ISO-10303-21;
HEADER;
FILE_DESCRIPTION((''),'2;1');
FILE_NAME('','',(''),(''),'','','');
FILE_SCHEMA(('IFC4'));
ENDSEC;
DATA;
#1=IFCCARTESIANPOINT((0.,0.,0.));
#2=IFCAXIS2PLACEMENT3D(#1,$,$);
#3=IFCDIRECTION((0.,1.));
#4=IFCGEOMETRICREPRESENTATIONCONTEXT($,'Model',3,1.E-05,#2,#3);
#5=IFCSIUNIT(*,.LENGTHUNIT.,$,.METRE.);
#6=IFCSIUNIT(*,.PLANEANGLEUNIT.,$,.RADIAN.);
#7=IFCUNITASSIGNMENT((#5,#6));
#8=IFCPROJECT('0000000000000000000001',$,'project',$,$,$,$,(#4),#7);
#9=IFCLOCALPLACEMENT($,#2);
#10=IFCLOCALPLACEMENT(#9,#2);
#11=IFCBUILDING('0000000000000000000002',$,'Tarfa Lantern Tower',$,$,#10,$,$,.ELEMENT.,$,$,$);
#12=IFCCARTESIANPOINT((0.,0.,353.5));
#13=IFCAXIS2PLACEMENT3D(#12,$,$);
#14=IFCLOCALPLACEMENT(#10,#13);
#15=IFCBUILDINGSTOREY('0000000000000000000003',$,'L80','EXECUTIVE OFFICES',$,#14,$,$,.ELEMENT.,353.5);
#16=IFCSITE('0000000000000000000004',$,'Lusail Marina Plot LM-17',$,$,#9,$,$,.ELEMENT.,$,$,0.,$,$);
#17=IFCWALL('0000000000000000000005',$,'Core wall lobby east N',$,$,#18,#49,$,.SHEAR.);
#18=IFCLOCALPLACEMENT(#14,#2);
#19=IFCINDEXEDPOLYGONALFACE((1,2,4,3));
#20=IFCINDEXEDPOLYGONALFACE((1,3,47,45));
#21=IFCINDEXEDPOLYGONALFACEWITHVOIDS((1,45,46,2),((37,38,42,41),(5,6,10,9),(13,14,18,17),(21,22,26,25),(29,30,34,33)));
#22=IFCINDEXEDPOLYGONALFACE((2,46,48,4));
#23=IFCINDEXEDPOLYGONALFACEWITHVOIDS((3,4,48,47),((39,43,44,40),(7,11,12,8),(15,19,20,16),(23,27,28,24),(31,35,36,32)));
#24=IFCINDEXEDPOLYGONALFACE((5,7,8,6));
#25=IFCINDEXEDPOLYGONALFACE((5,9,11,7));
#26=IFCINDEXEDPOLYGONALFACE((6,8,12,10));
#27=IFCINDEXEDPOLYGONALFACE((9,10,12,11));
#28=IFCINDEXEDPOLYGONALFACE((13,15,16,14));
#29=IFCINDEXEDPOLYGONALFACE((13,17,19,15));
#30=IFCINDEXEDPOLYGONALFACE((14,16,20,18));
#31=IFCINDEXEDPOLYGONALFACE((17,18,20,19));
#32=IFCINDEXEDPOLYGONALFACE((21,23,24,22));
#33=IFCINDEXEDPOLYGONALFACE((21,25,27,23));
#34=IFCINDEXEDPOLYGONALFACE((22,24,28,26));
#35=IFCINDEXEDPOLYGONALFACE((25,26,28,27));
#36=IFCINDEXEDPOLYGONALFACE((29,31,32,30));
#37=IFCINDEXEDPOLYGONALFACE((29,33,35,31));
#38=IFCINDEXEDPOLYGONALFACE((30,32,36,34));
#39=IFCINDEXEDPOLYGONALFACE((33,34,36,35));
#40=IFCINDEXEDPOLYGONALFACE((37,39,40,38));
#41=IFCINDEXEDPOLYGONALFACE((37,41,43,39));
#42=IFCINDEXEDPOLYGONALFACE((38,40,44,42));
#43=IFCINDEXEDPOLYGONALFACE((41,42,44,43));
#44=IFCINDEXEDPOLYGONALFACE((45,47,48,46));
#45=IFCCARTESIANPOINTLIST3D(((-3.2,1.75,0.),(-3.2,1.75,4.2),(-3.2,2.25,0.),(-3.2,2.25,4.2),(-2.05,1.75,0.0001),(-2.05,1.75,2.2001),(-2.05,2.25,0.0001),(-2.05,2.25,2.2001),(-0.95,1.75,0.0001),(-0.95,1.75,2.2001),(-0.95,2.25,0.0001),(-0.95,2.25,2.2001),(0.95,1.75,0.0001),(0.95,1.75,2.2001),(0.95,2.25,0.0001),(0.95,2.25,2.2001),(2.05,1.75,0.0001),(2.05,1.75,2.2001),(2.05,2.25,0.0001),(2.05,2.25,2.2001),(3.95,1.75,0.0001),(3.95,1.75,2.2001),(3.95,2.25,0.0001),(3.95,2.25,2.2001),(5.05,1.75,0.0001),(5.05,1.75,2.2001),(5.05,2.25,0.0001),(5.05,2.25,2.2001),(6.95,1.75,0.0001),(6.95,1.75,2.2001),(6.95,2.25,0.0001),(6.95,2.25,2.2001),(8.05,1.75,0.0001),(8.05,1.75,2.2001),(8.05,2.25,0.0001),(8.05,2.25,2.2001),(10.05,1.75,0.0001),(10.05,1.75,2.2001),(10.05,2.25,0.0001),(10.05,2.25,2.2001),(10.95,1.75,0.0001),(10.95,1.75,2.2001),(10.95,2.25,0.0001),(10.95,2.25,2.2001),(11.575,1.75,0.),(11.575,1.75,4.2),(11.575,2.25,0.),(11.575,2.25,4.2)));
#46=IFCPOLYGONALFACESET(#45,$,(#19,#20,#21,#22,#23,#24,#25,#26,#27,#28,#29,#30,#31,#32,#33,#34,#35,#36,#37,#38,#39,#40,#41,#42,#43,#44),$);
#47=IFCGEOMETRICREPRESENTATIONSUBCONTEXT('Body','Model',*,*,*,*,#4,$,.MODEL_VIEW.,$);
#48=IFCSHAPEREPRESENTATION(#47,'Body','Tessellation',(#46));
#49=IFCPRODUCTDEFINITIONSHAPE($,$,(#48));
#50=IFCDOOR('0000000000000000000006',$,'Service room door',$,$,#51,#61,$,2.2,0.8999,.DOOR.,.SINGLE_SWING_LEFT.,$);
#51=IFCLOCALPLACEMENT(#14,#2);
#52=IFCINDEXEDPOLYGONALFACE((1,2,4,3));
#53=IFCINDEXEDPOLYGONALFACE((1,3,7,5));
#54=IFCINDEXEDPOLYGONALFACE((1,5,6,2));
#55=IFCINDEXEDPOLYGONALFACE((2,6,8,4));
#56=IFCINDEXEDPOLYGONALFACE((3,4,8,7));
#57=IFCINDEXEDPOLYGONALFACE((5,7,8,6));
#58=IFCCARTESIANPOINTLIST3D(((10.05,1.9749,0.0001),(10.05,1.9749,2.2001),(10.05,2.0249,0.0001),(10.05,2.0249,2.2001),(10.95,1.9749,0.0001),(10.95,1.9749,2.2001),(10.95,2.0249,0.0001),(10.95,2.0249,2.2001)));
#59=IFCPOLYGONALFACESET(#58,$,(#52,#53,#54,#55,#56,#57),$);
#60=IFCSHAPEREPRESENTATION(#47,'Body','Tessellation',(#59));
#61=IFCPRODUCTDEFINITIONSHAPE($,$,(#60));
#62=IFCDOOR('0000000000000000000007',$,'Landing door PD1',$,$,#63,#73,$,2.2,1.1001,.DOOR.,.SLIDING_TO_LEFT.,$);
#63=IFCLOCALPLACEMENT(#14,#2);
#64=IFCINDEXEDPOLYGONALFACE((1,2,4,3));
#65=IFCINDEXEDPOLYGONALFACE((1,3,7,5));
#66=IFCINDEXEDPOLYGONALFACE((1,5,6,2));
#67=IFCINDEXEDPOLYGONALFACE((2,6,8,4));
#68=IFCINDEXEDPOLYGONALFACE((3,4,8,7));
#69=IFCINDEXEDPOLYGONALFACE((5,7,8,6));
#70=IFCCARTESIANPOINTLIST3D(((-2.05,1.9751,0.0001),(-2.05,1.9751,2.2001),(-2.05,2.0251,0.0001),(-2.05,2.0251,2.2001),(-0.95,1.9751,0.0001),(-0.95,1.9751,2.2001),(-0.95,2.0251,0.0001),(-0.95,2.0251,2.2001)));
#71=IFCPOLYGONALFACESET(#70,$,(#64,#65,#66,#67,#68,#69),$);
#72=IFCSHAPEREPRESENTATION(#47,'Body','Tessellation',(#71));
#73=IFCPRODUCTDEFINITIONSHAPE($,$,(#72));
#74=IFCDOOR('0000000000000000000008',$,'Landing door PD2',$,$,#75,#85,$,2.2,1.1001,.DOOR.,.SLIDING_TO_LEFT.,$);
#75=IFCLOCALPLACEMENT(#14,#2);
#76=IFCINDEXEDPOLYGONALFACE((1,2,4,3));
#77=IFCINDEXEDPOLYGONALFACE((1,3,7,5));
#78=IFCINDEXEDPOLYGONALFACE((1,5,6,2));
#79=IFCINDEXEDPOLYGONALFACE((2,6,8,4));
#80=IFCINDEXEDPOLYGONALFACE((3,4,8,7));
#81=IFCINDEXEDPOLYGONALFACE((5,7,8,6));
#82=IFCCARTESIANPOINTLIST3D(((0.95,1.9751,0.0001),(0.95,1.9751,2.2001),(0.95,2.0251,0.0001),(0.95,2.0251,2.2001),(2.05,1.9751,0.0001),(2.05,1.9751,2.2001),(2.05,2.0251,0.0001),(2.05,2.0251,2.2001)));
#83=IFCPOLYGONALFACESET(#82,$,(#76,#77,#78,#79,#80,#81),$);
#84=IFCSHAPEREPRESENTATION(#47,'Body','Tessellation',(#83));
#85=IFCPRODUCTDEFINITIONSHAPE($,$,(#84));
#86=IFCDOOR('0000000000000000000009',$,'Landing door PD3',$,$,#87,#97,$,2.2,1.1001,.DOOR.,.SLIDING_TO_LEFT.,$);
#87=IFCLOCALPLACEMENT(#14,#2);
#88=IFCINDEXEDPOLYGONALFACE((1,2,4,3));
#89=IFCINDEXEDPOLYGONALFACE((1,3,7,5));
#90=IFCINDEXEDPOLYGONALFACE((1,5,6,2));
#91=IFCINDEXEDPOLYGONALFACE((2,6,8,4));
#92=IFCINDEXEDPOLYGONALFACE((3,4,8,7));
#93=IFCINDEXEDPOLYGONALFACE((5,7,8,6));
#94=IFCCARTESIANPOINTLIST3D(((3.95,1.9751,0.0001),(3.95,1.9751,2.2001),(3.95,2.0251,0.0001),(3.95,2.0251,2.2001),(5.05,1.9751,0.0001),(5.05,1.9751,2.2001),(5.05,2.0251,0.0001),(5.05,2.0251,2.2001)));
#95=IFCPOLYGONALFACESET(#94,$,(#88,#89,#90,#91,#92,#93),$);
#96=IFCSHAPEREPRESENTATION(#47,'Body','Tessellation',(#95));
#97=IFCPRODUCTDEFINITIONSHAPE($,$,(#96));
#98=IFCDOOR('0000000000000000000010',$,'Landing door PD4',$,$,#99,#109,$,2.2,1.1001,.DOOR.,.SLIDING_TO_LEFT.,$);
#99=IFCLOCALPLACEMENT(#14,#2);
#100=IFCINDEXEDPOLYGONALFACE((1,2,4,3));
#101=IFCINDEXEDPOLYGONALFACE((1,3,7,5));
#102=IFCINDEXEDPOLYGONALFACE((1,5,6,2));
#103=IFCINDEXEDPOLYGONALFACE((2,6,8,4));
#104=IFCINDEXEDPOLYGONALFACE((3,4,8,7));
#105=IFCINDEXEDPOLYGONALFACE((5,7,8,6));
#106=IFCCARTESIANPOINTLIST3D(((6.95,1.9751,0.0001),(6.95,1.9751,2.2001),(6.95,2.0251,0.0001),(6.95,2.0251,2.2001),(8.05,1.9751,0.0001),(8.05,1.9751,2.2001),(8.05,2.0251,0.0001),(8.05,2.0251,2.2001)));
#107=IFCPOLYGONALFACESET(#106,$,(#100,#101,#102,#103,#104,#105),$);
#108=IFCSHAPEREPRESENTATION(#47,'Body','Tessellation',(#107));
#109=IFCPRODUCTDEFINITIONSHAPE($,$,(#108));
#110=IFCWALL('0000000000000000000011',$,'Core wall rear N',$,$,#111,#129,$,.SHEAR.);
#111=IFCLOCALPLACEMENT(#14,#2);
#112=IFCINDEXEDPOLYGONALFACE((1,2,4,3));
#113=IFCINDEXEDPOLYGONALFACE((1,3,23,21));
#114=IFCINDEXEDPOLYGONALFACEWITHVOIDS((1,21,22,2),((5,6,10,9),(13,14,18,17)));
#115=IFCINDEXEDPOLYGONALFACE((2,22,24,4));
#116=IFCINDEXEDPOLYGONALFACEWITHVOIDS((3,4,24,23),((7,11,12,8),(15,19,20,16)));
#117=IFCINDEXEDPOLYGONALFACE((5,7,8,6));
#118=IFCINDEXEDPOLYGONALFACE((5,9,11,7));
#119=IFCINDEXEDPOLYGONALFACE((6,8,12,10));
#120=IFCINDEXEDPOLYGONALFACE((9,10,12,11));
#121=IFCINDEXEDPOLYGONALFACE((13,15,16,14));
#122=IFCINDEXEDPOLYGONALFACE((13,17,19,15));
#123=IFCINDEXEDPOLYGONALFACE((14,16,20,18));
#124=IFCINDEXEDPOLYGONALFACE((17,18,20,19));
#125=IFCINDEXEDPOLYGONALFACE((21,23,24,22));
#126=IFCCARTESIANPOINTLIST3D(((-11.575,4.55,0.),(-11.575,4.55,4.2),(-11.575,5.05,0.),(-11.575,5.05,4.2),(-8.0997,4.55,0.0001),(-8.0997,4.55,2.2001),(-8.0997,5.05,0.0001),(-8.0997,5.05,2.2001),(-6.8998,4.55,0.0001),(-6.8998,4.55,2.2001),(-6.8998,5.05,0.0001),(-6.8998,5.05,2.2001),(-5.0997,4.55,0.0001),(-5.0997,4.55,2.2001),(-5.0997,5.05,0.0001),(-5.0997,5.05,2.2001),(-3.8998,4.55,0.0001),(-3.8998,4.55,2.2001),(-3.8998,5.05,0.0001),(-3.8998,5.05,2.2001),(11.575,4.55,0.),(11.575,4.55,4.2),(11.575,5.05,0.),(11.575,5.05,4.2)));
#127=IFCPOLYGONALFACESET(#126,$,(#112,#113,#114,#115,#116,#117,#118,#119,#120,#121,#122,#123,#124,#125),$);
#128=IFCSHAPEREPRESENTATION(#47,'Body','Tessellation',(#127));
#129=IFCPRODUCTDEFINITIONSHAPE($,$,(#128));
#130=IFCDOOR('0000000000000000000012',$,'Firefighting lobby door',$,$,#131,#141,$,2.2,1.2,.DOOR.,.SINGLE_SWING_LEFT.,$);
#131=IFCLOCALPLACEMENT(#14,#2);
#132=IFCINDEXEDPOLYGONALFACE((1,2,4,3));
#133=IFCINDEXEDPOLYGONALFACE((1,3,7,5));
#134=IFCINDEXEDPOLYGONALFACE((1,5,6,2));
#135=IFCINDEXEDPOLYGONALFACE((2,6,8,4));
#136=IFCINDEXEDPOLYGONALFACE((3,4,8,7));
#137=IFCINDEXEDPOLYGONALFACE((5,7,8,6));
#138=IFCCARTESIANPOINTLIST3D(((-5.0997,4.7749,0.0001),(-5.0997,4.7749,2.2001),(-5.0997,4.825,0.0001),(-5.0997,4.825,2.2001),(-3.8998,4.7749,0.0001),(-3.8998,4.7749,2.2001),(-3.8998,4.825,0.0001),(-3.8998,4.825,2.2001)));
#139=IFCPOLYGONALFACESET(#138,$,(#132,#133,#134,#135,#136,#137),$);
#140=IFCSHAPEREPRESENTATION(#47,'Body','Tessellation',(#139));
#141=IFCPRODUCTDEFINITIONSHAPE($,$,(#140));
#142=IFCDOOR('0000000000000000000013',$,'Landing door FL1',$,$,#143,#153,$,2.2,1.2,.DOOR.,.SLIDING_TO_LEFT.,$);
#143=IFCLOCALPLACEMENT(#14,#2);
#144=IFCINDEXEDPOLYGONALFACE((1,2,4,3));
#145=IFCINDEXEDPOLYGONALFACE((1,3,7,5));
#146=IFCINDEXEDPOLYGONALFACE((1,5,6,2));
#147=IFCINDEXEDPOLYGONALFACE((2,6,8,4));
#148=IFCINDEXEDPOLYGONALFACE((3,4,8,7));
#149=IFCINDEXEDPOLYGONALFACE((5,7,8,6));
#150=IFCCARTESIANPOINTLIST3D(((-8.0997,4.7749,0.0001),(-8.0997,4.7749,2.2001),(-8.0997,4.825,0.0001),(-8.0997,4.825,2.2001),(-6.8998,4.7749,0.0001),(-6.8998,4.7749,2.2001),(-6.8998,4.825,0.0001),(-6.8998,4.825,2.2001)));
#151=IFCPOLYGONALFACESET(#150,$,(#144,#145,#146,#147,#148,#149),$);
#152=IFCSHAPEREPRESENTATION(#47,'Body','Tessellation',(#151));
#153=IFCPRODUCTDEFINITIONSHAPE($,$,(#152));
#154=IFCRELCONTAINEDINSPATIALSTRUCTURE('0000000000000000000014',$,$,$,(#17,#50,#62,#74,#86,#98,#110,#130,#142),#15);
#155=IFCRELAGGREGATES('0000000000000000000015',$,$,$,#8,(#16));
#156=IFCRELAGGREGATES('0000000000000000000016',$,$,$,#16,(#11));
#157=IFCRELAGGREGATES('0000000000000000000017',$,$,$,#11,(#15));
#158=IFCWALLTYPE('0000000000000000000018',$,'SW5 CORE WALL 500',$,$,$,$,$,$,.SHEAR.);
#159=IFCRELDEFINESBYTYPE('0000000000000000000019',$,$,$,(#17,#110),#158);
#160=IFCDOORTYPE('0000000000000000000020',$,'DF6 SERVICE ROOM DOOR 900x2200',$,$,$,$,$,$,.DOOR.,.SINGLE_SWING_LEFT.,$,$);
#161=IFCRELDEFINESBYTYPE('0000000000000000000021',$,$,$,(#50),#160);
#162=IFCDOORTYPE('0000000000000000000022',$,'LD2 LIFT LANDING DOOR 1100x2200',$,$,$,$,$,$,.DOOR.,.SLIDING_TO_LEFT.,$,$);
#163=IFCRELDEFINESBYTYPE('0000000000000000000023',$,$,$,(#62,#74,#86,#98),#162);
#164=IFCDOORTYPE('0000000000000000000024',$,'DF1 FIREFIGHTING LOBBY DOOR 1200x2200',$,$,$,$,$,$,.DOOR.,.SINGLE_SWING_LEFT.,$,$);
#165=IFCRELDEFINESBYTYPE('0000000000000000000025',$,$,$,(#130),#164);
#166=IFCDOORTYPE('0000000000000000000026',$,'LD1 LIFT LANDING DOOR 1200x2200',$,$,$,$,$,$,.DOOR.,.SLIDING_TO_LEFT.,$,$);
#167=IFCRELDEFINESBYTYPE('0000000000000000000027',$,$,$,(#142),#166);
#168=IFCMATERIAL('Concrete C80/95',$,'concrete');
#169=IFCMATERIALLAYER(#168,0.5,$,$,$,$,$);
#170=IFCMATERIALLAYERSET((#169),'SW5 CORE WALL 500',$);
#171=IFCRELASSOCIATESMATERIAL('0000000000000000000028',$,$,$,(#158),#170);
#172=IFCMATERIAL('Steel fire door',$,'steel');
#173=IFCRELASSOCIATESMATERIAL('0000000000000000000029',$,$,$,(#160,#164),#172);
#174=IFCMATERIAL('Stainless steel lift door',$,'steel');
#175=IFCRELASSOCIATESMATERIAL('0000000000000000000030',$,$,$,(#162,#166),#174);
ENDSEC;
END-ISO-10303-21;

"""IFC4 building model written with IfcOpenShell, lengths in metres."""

from ifc_helpers import new_model, si_unit, direction, frame, frame_2d, origin, place, context, subcontext, project, spatial, rectangle, extrude, material, layer, layer_set, type_object, element, fill, save


model = new_model("IFC4")

# Units and contexts
model_context = context("Model", 3, precision=1e-05, world=origin(), true_north=direction((0.0, 1.0)))
body_context = subcontext(model_context, "Body", "Model", "MODEL_VIEW")
ifc_project = project(units=[si_unit("LENGTHUNIT", "METRE"), si_unit("PLANEANGLEUNIT", "RADIAN")], contexts=[model_context])

# Site, building, storey
site_placement = place(None, origin())
site = spatial("IfcSite", under=ifc_project, at=site_placement, Name="Lusail Marina Plot LM-17", CompositionType="ELEMENT", RefElevation=0.0)
building_placement = place(site_placement, origin())
building = spatial("IfcBuilding", under=site, at=building_placement, Name="Tarfa Lantern Tower", CompositionType="ELEMENT")
storey_placement = place(building_placement, frame((0.0, 0.0, 353.5)))
storey = spatial("IfcBuildingStorey", under=building, at=storey_placement, Name="L80", Description="EXECUTIVE OFFICES", CompositionType="ELEMENT", Elevation=353.5)

# Shared definitions
ifc_material_1 = material(Name="Concrete C80/95", Category="concrete")

# Shared definitions
ifc_material_2 = material(Name="Steel fire door", Category="steel")
ifc_layer_1 = layer(ifc_material_1, 0.5)
ifc_layer_set_1 = layer_set([ifc_layer_1], Name="SW5 CORE WALL 500")
wall_type_1 = type_object("IfcWallType", Name="SW5 CORE WALL 500", PredefinedType="SHEAR", material=ifc_layer_set_1)
door_type_1 = type_object("IfcDoorType", Name="DF6 SERVICE ROOM DOOR 900x2200", OperationType="SINGLE_SWING_LEFT", PredefinedType="DOOR", material=ifc_material_2)

# Walls, openings, doors
wall_1_placement = place(storey_placement, frame((-3.2, 2.0, 0.0), z_axis=(0.0, 0.0, 1.0), x_axis=(1.0, 0.0, 0.0)))
wall_1 = element("IfcWall", 1, at=wall_1_placement, inside=storey, type_object=wall_type_1, Name="Core wall lobby east N", PredefinedType="SHEAR", context=body_context, shape_type="SweptSolid", body=[
    extrude(rectangle(XDim=14.7749, YDim=0.5, at=frame_2d((7.3875, 0.0))), origin(), (0.0, 0.0, 1.0), 4.2),
])
opening_1_placement = place(wall_1_placement, frame((13.25, 0.0, 0.0)))
opening_1 = element("IfcOpeningElement", 2, at=opening_1_placement, cuts=wall_1, PredefinedType="OPENING", context=body_context, shape_type="SweptSolid", body=[
    extrude(rectangle(XDim=0.8999, YDim=2.2, at=frame_2d((0.45, 1.1001))), frame((0.0, 0.26, 0.0), z_axis=(0.0, -1.0, 0.0), x_axis=(1.0, 0.0, 0.0)), (0.0, 0.0, 1.0), 0.52),
])
opening_2_placement = place(wall_1_placement, frame((1.1499, 0.0, 0.0)))
opening_2 = element("IfcOpeningElement", 3, at=opening_2_placement, cuts=wall_1, PredefinedType="OPENING", context=body_context, shape_type="SweptSolid", body=[
    extrude(rectangle(XDim=1.1001, YDim=2.2, at=frame_2d((0.55, 1.1001))), frame((0.0, 0.26, 0.0), z_axis=(0.0, -1.0, 0.0), x_axis=(1.0, 0.0, 0.0)), (0.0, 0.0, 1.0), 0.52),
])
opening_3_placement = place(wall_1_placement, frame((4.1499, 0.0, 0.0)))
opening_3 = element("IfcOpeningElement", 4, at=opening_3_placement, cuts=wall_1, PredefinedType="OPENING", context=body_context, shape_type="SweptSolid", body=[
    extrude(rectangle(XDim=1.1001, YDim=2.2, at=frame_2d((0.55, 1.1001))), frame((0.0, 0.26, 0.0), z_axis=(0.0, -1.0, 0.0), x_axis=(1.0, 0.0, 0.0)), (0.0, 0.0, 1.0), 0.52),
])
opening_4_placement = place(wall_1_placement, frame((7.1499, 0.0, 0.0)))
opening_4 = element("IfcOpeningElement", 5, at=opening_4_placement, cuts=wall_1, PredefinedType="OPENING", context=body_context, shape_type="SweptSolid", body=[
    extrude(rectangle(XDim=1.1001, YDim=2.2, at=frame_2d((0.55, 1.1001))), frame((0.0, 0.26, 0.0), z_axis=(0.0, -1.0, 0.0), x_axis=(1.0, 0.0, 0.0)), (0.0, 0.0, 1.0), 0.52),
])
opening_5_placement = place(wall_1_placement, frame((10.1499, 0.0, 0.0)))
opening_5 = element("IfcOpeningElement", 6, at=opening_5_placement, cuts=wall_1, PredefinedType="OPENING", context=body_context, shape_type="SweptSolid", body=[
    extrude(rectangle(XDim=1.1001, YDim=2.2, at=frame_2d((0.55, 1.1001))), frame((0.0, 0.26, 0.0), z_axis=(0.0, -1.0, 0.0), x_axis=(1.0, 0.0, 0.0)), (0.0, 0.0, 1.0), 0.52),
])
door_1_placement = place(opening_1_placement, origin())
door_1 = element("IfcDoor", 7, at=door_1_placement, inside=storey, type_object=door_type_1, Name="Service room door", OperationType="SINGLE_SWING_LEFT", OverallHeight=2.2, OverallWidth=0.8999, PredefinedType="DOOR", context=body_context, shape_type="SweptSolid", body=[
    extrude(rectangle(XDim=0.8999, YDim=2.2, at=frame_2d((0.45, 1.1001))), frame((0.0, 0.0249, 0.0), z_axis=(0.0, -1.0, 0.0), x_axis=(1.0, 0.0, 0.0)), (0.0, 0.0, 1.0), 0.05),
])
fill(opening_1, door_1)
ifc_material_3 = material(Name="Stainless steel lift door", Category="steel")
door_type_2 = type_object("IfcDoorType", Name="LD2 LIFT LANDING DOOR 1100x2200", OperationType="SLIDING_TO_LEFT", PredefinedType="DOOR", material=ifc_material_3)
door_2_placement = place(opening_2_placement, frame((1.1001, 0.0, 0.0), z_axis=(0.0, 0.0, 1.0), x_axis=(-1.0, 0.0, 0.0)))
door_2 = element("IfcDoor", 8, at=door_2_placement, inside=storey, type_object=door_type_2, Name="Landing door PD1", OperationType="SLIDING_TO_LEFT", OverallHeight=2.2, OverallWidth=1.1001, PredefinedType="DOOR", context=body_context, shape_type="SweptSolid", body=[
    extrude(rectangle(XDim=1.1001, YDim=2.2, at=frame_2d((0.55, 1.1001))), frame((0.0, 0.0249, 0.0), z_axis=(0.0, -1.0, 0.0), x_axis=(1.0, 0.0, 0.0)), (0.0, 0.0, 1.0), 0.05),
])
fill(opening_2, door_2)
door_3_placement = place(opening_3_placement, frame((1.1001, 0.0, 0.0), z_axis=(0.0, 0.0, 1.0), x_axis=(-1.0, 0.0, 0.0)))
door_3 = element("IfcDoor", 9, at=door_3_placement, inside=storey, type_object=door_type_2, Name="Landing door PD2", OperationType="SLIDING_TO_LEFT", OverallHeight=2.2, OverallWidth=1.1001, PredefinedType="DOOR", context=body_context, shape_type="SweptSolid", body=[
    extrude(rectangle(XDim=1.1001, YDim=2.2, at=frame_2d((0.55, 1.1001))), frame((0.0, 0.0249, 0.0), z_axis=(0.0, -1.0, 0.0), x_axis=(1.0, 0.0, 0.0)), (0.0, 0.0, 1.0), 0.05),
])
fill(opening_3, door_3)
door_4_placement = place(opening_4_placement, frame((1.1001, 0.0, 0.0), z_axis=(0.0, 0.0, 1.0), x_axis=(-1.0, 0.0, 0.0)))
door_4 = element("IfcDoor", 10, at=door_4_placement, inside=storey, type_object=door_type_2, Name="Landing door PD3", OperationType="SLIDING_TO_LEFT", OverallHeight=2.2, OverallWidth=1.1001, PredefinedType="DOOR", context=body_context, shape_type="SweptSolid", body=[
    extrude(rectangle(XDim=1.1001, YDim=2.2, at=frame_2d((0.55, 1.1001))), frame((0.0, 0.0249, 0.0), z_axis=(0.0, -1.0, 0.0), x_axis=(1.0, 0.0, 0.0)), (0.0, 0.0, 1.0), 0.05),
])
fill(opening_4, door_4)
door_5_placement = place(opening_5_placement, frame((1.1001, 0.0, 0.0), z_axis=(0.0, 0.0, 1.0), x_axis=(-1.0, 0.0, 0.0)))
door_5 = element("IfcDoor", 11, at=door_5_placement, inside=storey, type_object=door_type_2, Name="Landing door PD4", OperationType="SLIDING_TO_LEFT", OverallHeight=2.2, OverallWidth=1.1001, PredefinedType="DOOR", context=body_context, shape_type="SweptSolid", body=[
    extrude(rectangle(XDim=1.1001, YDim=2.2, at=frame_2d((0.55, 1.1001))), frame((0.0, 0.0249, 0.0), z_axis=(0.0, -1.0, 0.0), x_axis=(1.0, 0.0, 0.0)), (0.0, 0.0, 1.0), 0.05),
])
fill(opening_5, door_5)
wall_2_placement = place(storey_placement, frame((-11.575, 4.8, 0.0), z_axis=(0.0, 0.0, 1.0), x_axis=(1.0, 0.0, 0.0)))
wall_2 = element("IfcWall", 12, at=wall_2_placement, inside=storey, type_object=wall_type_1, Name="Core wall rear N", PredefinedType="SHEAR", context=body_context, shape_type="SweptSolid", body=[
    extrude(rectangle(XDim=23.1499, YDim=0.5, at=frame_2d((11.575, 0.0))), origin(), (0.0, 0.0, 1.0), 4.2),
])
opening_6_placement = place(wall_2_placement, frame((6.4751, 0.0, 0.0)))
opening_6 = element("IfcOpeningElement", 13, at=opening_6_placement, cuts=wall_2, PredefinedType="OPENING", context=body_context, shape_type="SweptSolid", body=[
    extrude(rectangle(XDim=1.2, YDim=2.2, at=frame_2d((0.6001, 1.1001))), frame((0.0, 0.26, 0.0), z_axis=(0.0, -1.0, 0.0), x_axis=(1.0, 0.0, 0.0)), (0.0, 0.0, 1.0), 0.52),
])
opening_7_placement = place(wall_2_placement, frame((3.4751, 0.0, 0.0)))
opening_7 = element("IfcOpeningElement", 14, at=opening_7_placement, cuts=wall_2, PredefinedType="OPENING", context=body_context, shape_type="SweptSolid", body=[
    extrude(rectangle(XDim=1.2, YDim=2.2, at=frame_2d((0.6001, 1.1001))), frame((0.0, 0.26, 0.0), z_axis=(0.0, -1.0, 0.0), x_axis=(1.0, 0.0, 0.0)), (0.0, 0.0, 1.0), 0.52),
])
door_type_3 = type_object("IfcDoorType", Name="DF1 FIREFIGHTING LOBBY DOOR 1200x2200", OperationType="SINGLE_SWING_LEFT", PredefinedType="DOOR", material=ifc_material_2)
door_6_placement = place(opening_6_placement, origin())
door_6 = element("IfcDoor", 15, at=door_6_placement, inside=storey, type_object=door_type_3, Name="Firefighting lobby door", OperationType="SINGLE_SWING_LEFT", OverallHeight=2.2, OverallWidth=1.2, PredefinedType="DOOR", context=body_context, shape_type="SweptSolid", body=[
    extrude(rectangle(XDim=1.2, YDim=2.2, at=frame_2d((0.6001, 1.1001))), frame((0.0, 0.0249, 0.0), z_axis=(0.0, -1.0, 0.0), x_axis=(1.0, 0.0, 0.0)), (0.0, 0.0, 1.0), 0.05),
])
fill(opening_6, door_6)
door_type_4 = type_object("IfcDoorType", Name="LD1 LIFT LANDING DOOR 1200x2200", OperationType="SLIDING_TO_LEFT", PredefinedType="DOOR", material=ifc_material_3)
door_7_placement = place(opening_7_placement, origin())
door_7 = element("IfcDoor", 16, at=door_7_placement, inside=storey, type_object=door_type_4, Name="Landing door FL1", OperationType="SLIDING_TO_LEFT", OverallHeight=2.2, OverallWidth=1.2, PredefinedType="DOOR", context=body_context, shape_type="SweptSolid", body=[
    extrude(rectangle(XDim=1.2, YDim=2.2, at=frame_2d((0.6001, 1.1001))), frame((0.0, 0.0249, 0.0), z_axis=(0.0, -1.0, 0.0), x_axis=(1.0, 0.0, 0.0)), (0.0, 0.0, 1.0), 0.05),
])
fill(opening_7, door_7)

save(model, "model.ifc")
